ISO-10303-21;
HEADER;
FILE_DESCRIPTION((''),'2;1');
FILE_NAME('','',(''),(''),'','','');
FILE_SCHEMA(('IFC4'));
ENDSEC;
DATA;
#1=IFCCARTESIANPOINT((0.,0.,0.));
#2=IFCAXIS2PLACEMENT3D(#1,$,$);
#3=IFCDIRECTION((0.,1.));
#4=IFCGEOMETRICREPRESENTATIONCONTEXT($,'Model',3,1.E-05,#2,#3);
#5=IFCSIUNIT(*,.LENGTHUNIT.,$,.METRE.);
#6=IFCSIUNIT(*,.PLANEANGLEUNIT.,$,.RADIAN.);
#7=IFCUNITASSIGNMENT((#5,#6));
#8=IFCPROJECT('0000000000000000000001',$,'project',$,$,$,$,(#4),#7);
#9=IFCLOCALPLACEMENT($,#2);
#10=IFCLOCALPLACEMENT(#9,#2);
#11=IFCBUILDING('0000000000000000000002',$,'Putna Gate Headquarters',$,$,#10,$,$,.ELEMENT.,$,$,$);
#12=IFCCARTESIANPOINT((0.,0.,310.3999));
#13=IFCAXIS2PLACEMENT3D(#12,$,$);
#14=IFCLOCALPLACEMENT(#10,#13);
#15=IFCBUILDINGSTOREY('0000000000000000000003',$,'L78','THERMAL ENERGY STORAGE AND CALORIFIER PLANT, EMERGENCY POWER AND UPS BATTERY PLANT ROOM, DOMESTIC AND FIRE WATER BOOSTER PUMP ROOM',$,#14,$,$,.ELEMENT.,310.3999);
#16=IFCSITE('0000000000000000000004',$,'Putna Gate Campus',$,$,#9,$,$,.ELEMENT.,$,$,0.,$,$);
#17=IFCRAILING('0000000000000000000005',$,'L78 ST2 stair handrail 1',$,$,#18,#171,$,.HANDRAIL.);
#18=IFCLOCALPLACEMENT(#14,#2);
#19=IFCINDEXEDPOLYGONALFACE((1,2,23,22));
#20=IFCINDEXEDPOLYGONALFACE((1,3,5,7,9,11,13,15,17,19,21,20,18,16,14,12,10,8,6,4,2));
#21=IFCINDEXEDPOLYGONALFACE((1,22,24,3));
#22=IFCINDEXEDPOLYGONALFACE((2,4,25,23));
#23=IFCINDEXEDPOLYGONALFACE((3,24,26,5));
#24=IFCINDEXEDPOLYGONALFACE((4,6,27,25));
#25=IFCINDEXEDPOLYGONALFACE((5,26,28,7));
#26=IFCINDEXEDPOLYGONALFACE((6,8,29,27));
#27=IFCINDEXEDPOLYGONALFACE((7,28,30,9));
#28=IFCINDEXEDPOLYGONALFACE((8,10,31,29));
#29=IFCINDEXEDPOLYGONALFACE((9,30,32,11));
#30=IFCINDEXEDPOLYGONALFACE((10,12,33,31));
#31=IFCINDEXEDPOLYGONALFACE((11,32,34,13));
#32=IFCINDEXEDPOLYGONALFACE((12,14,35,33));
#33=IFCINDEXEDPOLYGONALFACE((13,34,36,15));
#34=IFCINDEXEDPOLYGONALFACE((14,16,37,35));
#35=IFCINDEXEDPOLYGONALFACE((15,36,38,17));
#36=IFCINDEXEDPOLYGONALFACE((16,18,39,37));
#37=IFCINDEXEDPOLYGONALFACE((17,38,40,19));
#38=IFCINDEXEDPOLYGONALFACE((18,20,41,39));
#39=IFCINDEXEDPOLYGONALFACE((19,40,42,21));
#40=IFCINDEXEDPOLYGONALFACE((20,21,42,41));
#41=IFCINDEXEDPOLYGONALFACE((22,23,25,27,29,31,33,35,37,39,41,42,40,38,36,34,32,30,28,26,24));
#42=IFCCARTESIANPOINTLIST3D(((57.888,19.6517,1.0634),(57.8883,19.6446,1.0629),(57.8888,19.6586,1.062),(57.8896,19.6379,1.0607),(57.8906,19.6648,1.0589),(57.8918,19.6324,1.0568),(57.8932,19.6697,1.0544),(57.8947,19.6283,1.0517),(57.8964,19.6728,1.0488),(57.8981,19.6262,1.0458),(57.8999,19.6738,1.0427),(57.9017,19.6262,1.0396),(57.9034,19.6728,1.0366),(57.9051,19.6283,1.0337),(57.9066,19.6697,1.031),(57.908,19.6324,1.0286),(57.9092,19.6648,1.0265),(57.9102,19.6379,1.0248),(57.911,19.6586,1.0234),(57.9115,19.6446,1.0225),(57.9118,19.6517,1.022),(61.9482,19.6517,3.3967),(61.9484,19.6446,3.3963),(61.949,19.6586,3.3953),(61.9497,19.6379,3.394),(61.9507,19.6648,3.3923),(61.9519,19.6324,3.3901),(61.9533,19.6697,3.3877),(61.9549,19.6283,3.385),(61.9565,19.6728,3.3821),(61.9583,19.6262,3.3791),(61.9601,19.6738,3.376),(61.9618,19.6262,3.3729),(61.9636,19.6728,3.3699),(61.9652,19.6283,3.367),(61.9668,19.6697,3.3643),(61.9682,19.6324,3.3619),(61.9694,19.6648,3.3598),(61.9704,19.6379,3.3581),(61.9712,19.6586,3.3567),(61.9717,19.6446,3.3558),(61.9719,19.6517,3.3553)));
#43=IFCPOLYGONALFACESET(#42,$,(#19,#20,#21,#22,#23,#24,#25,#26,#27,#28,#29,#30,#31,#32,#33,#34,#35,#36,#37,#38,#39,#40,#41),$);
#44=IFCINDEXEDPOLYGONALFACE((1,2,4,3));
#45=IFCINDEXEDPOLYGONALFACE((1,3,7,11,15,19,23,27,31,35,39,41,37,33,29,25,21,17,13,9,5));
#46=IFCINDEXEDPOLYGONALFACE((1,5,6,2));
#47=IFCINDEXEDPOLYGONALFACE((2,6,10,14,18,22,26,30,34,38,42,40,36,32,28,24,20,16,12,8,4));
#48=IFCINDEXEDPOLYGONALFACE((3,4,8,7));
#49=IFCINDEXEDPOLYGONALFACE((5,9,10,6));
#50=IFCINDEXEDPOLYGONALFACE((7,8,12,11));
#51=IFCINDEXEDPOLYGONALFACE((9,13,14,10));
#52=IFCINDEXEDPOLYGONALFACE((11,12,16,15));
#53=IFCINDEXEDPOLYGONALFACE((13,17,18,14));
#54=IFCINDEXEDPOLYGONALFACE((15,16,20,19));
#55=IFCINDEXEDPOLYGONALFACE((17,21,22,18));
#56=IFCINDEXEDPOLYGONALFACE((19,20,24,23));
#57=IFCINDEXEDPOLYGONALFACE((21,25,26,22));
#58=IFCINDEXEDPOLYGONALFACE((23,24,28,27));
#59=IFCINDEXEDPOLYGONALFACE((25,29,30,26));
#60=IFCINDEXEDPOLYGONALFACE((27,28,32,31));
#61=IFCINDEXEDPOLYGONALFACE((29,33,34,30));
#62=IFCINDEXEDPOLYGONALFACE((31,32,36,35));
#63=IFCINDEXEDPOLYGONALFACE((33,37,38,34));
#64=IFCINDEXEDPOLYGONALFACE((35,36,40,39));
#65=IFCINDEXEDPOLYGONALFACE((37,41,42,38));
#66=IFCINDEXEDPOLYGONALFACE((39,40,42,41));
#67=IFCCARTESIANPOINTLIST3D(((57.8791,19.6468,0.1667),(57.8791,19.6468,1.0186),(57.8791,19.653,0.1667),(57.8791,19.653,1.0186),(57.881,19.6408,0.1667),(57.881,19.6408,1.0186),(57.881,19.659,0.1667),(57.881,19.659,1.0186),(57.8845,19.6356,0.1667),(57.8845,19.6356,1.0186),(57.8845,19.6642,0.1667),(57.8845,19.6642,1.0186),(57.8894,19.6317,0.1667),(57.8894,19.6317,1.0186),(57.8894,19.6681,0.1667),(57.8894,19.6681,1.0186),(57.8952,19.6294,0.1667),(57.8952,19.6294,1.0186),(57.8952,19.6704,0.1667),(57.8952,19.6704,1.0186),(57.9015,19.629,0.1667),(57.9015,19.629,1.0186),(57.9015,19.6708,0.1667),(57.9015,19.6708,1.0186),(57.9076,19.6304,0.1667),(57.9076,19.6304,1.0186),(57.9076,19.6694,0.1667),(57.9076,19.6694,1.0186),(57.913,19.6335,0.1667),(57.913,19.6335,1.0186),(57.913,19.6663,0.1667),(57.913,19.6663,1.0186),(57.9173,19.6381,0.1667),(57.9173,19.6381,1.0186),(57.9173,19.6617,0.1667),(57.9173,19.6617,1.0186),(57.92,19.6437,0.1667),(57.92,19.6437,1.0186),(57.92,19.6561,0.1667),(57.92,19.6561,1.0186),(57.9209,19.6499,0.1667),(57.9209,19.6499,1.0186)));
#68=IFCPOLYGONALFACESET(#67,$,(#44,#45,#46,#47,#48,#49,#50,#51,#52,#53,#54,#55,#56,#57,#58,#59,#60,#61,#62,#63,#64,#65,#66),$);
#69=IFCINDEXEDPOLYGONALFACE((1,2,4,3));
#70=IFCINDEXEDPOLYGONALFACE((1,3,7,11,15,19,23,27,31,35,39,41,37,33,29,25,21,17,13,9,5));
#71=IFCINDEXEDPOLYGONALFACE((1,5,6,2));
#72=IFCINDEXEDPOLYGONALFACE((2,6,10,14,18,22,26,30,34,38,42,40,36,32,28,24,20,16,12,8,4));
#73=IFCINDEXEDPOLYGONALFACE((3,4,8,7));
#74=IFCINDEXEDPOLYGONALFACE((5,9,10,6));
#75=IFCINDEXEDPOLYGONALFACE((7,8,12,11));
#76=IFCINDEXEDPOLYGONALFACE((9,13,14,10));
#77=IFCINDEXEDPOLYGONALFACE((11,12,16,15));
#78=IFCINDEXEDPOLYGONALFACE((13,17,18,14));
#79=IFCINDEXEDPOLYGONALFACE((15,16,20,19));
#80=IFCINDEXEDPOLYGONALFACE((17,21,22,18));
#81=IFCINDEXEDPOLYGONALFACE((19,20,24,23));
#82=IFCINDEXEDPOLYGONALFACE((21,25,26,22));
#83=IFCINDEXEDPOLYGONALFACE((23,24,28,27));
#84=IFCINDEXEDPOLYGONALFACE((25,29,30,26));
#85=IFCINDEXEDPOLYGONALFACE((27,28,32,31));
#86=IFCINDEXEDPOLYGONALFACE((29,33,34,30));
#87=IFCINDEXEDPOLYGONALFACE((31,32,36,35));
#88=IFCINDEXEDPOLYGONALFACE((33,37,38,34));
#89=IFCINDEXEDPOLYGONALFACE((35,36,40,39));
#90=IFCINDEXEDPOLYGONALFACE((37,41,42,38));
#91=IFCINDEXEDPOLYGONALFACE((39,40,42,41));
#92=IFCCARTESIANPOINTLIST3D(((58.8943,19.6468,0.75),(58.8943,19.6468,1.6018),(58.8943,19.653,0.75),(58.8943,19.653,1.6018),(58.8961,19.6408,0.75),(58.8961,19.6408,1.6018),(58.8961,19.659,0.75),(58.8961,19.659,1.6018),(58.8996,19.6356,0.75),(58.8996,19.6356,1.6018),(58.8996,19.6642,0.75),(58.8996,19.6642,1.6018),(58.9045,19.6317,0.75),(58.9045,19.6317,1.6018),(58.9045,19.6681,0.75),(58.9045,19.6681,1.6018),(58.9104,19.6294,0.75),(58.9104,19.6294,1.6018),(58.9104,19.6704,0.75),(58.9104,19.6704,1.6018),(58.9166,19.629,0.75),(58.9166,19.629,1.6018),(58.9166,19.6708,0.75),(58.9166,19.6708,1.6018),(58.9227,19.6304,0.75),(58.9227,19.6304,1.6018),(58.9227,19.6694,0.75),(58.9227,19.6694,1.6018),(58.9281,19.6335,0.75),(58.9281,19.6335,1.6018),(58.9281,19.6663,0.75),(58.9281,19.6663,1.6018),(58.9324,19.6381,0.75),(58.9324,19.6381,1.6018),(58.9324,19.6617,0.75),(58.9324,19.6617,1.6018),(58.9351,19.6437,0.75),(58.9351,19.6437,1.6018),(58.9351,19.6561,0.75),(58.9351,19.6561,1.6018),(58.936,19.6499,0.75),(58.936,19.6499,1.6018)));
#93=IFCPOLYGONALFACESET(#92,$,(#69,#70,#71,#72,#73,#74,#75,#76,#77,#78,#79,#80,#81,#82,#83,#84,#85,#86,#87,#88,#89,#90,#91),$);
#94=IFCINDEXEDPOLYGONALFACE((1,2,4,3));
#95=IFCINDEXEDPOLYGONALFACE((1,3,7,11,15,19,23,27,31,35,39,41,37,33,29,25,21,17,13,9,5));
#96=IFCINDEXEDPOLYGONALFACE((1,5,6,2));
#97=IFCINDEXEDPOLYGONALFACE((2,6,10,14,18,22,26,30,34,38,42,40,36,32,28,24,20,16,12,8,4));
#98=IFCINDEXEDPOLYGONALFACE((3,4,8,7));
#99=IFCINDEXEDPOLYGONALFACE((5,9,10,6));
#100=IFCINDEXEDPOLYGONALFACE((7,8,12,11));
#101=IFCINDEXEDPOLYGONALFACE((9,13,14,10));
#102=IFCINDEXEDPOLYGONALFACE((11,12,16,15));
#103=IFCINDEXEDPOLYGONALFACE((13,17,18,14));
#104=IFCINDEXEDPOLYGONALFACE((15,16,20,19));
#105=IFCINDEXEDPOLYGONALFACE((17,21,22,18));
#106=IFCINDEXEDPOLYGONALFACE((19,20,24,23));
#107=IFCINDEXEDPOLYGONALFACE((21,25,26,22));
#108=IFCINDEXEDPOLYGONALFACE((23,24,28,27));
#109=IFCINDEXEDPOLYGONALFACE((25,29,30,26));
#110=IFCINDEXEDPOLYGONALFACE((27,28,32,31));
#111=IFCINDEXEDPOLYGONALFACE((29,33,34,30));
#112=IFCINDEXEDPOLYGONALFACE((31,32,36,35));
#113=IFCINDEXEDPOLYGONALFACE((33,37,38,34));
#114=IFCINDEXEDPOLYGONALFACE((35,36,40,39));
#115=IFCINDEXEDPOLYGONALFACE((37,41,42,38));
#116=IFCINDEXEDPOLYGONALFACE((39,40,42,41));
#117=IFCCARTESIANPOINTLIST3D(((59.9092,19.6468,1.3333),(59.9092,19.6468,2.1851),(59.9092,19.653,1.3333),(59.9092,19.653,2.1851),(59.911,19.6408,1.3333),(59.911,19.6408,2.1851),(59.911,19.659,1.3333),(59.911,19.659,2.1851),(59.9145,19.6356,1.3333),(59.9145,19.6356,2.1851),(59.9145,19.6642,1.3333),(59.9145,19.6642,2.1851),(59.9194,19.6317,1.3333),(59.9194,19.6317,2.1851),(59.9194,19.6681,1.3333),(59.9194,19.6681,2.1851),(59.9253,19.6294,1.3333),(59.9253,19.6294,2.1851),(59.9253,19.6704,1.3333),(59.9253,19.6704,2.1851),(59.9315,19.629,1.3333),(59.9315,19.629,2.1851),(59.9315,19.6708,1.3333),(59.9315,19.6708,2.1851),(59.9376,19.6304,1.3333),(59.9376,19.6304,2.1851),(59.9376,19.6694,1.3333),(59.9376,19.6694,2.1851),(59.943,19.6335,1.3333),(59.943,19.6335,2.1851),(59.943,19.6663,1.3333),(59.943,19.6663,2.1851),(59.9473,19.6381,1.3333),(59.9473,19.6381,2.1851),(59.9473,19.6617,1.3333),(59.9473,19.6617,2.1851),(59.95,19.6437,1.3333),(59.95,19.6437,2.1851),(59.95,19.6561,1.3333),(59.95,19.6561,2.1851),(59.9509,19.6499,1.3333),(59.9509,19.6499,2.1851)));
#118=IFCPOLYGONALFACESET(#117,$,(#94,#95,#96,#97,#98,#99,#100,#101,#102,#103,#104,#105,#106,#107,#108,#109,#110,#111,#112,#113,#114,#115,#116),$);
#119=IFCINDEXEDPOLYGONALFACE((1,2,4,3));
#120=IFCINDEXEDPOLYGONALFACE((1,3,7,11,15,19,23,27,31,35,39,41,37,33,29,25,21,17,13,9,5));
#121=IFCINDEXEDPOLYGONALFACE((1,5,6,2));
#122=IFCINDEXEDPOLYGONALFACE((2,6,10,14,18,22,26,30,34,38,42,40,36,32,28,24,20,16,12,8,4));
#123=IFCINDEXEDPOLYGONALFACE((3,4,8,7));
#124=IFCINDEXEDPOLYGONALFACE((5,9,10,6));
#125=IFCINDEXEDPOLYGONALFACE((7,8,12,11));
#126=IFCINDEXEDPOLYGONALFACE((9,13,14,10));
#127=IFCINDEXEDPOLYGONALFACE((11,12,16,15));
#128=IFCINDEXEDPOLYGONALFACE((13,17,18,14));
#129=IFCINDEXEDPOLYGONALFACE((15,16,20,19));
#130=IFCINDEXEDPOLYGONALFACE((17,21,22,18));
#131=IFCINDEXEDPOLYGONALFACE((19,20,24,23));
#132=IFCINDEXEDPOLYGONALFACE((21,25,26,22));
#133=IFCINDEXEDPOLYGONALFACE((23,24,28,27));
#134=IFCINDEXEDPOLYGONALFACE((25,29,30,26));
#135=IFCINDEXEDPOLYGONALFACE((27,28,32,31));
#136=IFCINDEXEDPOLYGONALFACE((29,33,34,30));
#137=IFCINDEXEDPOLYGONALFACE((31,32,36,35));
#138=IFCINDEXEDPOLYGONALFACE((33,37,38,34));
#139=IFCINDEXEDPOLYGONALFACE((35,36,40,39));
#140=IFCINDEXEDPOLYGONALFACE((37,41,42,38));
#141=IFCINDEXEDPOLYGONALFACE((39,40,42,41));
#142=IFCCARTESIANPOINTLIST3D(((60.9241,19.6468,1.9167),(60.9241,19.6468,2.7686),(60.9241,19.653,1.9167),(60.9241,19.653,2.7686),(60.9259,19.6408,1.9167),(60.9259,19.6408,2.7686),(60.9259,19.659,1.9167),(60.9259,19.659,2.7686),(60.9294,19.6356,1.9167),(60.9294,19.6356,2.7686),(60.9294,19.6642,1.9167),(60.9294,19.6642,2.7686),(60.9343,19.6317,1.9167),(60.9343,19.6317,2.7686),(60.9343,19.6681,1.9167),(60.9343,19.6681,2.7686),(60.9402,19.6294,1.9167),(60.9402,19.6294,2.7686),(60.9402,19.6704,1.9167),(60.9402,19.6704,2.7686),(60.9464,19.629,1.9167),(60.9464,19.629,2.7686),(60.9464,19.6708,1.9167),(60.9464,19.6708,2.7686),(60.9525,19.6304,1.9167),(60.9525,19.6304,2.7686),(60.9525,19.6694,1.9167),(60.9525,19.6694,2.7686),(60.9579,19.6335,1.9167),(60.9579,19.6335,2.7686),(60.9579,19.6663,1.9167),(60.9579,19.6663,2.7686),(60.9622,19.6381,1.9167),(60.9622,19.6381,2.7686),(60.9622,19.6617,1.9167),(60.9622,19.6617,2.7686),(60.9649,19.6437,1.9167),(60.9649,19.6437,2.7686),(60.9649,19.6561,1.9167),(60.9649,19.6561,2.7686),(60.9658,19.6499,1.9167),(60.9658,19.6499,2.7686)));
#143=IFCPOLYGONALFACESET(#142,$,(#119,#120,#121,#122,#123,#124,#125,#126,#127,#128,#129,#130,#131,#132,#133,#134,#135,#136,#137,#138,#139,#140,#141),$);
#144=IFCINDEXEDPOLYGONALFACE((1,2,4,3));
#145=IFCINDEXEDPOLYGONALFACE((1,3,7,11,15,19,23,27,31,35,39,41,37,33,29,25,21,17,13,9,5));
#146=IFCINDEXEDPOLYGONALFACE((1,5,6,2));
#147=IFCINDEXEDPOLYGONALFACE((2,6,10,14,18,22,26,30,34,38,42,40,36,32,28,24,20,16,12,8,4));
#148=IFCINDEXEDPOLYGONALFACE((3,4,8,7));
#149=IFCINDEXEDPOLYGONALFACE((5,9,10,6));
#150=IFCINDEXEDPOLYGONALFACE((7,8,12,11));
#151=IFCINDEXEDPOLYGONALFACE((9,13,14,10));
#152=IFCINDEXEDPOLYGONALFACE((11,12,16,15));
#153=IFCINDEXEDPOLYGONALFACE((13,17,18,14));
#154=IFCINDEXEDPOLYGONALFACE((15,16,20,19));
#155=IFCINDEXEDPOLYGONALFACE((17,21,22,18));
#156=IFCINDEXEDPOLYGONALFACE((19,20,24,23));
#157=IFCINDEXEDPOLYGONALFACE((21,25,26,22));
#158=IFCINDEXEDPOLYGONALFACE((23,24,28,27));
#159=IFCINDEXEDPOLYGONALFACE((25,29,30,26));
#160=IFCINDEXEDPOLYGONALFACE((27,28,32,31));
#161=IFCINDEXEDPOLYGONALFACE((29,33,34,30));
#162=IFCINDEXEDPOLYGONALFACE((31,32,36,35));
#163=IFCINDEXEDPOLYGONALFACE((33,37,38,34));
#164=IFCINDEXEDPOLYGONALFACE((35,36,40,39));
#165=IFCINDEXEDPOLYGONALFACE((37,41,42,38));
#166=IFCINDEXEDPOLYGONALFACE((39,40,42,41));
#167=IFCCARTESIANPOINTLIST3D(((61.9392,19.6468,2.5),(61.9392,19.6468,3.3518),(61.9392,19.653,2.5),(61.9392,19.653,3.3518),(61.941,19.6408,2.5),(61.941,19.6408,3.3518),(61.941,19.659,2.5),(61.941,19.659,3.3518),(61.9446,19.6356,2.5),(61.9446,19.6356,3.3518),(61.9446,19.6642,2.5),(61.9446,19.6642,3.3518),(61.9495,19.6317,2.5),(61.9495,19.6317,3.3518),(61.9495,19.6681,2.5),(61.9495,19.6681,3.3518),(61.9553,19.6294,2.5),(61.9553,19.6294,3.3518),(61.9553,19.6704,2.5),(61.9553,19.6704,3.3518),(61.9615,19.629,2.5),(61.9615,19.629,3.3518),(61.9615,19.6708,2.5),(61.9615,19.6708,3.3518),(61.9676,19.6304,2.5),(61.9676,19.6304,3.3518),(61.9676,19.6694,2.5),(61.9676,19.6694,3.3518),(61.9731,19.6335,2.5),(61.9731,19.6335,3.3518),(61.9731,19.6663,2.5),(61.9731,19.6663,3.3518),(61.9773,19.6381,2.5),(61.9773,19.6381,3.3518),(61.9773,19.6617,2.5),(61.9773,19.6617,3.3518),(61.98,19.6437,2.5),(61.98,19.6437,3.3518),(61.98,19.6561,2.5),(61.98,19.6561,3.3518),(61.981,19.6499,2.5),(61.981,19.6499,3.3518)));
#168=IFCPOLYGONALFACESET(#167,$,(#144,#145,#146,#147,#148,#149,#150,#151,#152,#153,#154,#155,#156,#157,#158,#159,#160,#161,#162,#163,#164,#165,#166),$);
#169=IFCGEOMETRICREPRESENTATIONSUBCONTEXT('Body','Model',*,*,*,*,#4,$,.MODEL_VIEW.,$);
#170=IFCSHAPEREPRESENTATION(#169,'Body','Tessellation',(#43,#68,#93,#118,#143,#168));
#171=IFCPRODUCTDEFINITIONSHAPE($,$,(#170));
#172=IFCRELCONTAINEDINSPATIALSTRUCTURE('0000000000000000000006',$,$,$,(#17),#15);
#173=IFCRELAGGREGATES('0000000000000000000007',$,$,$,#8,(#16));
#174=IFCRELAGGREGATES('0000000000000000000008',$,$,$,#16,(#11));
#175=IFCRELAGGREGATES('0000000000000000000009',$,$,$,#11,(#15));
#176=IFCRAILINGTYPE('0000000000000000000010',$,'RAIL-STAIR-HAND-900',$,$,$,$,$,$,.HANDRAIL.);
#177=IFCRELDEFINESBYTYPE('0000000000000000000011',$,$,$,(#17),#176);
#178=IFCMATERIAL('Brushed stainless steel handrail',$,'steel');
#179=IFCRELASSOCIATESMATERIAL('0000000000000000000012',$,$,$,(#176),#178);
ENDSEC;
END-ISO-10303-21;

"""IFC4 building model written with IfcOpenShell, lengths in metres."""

from ifc_helpers import new_model, si_unit, direction, frame, origin, origin_2d, place, context, subcontext, project, spatial, circle, extrude, material, type_object, element, save


model = new_model("IFC4")

# Units and contexts
model_context = context("Model", 3, precision=1e-05, world=origin(), true_north=direction((0.0, 1.0)))
body_context = subcontext(model_context, "Body", "Model", "MODEL_VIEW")
ifc_project = project(units=[si_unit("LENGTHUNIT", "METRE"), si_unit("PLANEANGLEUNIT", "RADIAN")], contexts=[model_context])

# Site, building, storey
site_placement = place(None, origin())
site = spatial("IfcSite", under=ifc_project, at=site_placement, Name="Putna Gate Campus", CompositionType="ELEMENT", RefElevation=0.0)
building_placement = place(site_placement, origin())
building = spatial("IfcBuilding", under=site, at=building_placement, Name="Putna Gate Headquarters", CompositionType="ELEMENT")
storey_placement = place(building_placement, frame((0.0, 0.0, 310.3999)))
storey = spatial("IfcBuildingStorey", under=building, at=storey_placement, Name="L78", Description="THERMAL ENERGY STORAGE AND CALORIFIER PLANT, EMERGENCY POWER AND UPS BATTERY PLANT ROOM, DOMESTIC AND FIRE WATER BOOSTER PUMP ROOM", CompositionType="ELEMENT", Elevation=310.3999)

# Railing
ifc_material_1 = material(Name="Brushed stainless steel handrail", Category="steel")
railing_type_1 = type_object("IfcRailingType", Name="RAIL-STAIR-HAND-900", PredefinedType="HANDRAIL", material=ifc_material_1)
railing_1_placement = place(storey_placement, frame((57.8999, 19.6499, 0.1667)))
element("IfcRailing", 1, at=railing_1_placement, inside=storey, type_object=railing_type_1, Name="L78 ST2 stair handrail 1", PredefinedType="HANDRAIL", context=body_context, shape_type="SweptSolid", body=[
    extrude(circle(Radius=0.0239, at=origin_2d()), frame((0.0, 0.0, 0.876), z_axis=(0.867025, 0.0, 0.498265), x_axis=(0.0, 1.0, 0.0)), (0.0, 0.0, 1.0), 4.6829),
    extrude(circle(Radius=0.021, at=origin_2d()), origin(), (0.0, 0.0, 1.0), 0.8518),
    extrude(circle(Radius=0.021, at=origin_2d()), frame((1.0151, 0.0, 0.5833)), (0.0, 0.0, 1.0), 0.8518),
    extrude(circle(Radius=0.021, at=origin_2d()), frame((2.03, 0.0, 1.1665)), (0.0, 0.0, 1.0), 0.8518),
    extrude(circle(Radius=0.021, at=origin_2d()), frame((3.0449, 0.0, 1.75)), (0.0, 0.0, 1.0), 0.8518),
    extrude(circle(Radius=0.021, at=origin_2d()), frame((4.0601, 0.0, 2.3333)), (0.0, 0.0, 1.0), 0.8518),
])

save(model, "model.ifc")
